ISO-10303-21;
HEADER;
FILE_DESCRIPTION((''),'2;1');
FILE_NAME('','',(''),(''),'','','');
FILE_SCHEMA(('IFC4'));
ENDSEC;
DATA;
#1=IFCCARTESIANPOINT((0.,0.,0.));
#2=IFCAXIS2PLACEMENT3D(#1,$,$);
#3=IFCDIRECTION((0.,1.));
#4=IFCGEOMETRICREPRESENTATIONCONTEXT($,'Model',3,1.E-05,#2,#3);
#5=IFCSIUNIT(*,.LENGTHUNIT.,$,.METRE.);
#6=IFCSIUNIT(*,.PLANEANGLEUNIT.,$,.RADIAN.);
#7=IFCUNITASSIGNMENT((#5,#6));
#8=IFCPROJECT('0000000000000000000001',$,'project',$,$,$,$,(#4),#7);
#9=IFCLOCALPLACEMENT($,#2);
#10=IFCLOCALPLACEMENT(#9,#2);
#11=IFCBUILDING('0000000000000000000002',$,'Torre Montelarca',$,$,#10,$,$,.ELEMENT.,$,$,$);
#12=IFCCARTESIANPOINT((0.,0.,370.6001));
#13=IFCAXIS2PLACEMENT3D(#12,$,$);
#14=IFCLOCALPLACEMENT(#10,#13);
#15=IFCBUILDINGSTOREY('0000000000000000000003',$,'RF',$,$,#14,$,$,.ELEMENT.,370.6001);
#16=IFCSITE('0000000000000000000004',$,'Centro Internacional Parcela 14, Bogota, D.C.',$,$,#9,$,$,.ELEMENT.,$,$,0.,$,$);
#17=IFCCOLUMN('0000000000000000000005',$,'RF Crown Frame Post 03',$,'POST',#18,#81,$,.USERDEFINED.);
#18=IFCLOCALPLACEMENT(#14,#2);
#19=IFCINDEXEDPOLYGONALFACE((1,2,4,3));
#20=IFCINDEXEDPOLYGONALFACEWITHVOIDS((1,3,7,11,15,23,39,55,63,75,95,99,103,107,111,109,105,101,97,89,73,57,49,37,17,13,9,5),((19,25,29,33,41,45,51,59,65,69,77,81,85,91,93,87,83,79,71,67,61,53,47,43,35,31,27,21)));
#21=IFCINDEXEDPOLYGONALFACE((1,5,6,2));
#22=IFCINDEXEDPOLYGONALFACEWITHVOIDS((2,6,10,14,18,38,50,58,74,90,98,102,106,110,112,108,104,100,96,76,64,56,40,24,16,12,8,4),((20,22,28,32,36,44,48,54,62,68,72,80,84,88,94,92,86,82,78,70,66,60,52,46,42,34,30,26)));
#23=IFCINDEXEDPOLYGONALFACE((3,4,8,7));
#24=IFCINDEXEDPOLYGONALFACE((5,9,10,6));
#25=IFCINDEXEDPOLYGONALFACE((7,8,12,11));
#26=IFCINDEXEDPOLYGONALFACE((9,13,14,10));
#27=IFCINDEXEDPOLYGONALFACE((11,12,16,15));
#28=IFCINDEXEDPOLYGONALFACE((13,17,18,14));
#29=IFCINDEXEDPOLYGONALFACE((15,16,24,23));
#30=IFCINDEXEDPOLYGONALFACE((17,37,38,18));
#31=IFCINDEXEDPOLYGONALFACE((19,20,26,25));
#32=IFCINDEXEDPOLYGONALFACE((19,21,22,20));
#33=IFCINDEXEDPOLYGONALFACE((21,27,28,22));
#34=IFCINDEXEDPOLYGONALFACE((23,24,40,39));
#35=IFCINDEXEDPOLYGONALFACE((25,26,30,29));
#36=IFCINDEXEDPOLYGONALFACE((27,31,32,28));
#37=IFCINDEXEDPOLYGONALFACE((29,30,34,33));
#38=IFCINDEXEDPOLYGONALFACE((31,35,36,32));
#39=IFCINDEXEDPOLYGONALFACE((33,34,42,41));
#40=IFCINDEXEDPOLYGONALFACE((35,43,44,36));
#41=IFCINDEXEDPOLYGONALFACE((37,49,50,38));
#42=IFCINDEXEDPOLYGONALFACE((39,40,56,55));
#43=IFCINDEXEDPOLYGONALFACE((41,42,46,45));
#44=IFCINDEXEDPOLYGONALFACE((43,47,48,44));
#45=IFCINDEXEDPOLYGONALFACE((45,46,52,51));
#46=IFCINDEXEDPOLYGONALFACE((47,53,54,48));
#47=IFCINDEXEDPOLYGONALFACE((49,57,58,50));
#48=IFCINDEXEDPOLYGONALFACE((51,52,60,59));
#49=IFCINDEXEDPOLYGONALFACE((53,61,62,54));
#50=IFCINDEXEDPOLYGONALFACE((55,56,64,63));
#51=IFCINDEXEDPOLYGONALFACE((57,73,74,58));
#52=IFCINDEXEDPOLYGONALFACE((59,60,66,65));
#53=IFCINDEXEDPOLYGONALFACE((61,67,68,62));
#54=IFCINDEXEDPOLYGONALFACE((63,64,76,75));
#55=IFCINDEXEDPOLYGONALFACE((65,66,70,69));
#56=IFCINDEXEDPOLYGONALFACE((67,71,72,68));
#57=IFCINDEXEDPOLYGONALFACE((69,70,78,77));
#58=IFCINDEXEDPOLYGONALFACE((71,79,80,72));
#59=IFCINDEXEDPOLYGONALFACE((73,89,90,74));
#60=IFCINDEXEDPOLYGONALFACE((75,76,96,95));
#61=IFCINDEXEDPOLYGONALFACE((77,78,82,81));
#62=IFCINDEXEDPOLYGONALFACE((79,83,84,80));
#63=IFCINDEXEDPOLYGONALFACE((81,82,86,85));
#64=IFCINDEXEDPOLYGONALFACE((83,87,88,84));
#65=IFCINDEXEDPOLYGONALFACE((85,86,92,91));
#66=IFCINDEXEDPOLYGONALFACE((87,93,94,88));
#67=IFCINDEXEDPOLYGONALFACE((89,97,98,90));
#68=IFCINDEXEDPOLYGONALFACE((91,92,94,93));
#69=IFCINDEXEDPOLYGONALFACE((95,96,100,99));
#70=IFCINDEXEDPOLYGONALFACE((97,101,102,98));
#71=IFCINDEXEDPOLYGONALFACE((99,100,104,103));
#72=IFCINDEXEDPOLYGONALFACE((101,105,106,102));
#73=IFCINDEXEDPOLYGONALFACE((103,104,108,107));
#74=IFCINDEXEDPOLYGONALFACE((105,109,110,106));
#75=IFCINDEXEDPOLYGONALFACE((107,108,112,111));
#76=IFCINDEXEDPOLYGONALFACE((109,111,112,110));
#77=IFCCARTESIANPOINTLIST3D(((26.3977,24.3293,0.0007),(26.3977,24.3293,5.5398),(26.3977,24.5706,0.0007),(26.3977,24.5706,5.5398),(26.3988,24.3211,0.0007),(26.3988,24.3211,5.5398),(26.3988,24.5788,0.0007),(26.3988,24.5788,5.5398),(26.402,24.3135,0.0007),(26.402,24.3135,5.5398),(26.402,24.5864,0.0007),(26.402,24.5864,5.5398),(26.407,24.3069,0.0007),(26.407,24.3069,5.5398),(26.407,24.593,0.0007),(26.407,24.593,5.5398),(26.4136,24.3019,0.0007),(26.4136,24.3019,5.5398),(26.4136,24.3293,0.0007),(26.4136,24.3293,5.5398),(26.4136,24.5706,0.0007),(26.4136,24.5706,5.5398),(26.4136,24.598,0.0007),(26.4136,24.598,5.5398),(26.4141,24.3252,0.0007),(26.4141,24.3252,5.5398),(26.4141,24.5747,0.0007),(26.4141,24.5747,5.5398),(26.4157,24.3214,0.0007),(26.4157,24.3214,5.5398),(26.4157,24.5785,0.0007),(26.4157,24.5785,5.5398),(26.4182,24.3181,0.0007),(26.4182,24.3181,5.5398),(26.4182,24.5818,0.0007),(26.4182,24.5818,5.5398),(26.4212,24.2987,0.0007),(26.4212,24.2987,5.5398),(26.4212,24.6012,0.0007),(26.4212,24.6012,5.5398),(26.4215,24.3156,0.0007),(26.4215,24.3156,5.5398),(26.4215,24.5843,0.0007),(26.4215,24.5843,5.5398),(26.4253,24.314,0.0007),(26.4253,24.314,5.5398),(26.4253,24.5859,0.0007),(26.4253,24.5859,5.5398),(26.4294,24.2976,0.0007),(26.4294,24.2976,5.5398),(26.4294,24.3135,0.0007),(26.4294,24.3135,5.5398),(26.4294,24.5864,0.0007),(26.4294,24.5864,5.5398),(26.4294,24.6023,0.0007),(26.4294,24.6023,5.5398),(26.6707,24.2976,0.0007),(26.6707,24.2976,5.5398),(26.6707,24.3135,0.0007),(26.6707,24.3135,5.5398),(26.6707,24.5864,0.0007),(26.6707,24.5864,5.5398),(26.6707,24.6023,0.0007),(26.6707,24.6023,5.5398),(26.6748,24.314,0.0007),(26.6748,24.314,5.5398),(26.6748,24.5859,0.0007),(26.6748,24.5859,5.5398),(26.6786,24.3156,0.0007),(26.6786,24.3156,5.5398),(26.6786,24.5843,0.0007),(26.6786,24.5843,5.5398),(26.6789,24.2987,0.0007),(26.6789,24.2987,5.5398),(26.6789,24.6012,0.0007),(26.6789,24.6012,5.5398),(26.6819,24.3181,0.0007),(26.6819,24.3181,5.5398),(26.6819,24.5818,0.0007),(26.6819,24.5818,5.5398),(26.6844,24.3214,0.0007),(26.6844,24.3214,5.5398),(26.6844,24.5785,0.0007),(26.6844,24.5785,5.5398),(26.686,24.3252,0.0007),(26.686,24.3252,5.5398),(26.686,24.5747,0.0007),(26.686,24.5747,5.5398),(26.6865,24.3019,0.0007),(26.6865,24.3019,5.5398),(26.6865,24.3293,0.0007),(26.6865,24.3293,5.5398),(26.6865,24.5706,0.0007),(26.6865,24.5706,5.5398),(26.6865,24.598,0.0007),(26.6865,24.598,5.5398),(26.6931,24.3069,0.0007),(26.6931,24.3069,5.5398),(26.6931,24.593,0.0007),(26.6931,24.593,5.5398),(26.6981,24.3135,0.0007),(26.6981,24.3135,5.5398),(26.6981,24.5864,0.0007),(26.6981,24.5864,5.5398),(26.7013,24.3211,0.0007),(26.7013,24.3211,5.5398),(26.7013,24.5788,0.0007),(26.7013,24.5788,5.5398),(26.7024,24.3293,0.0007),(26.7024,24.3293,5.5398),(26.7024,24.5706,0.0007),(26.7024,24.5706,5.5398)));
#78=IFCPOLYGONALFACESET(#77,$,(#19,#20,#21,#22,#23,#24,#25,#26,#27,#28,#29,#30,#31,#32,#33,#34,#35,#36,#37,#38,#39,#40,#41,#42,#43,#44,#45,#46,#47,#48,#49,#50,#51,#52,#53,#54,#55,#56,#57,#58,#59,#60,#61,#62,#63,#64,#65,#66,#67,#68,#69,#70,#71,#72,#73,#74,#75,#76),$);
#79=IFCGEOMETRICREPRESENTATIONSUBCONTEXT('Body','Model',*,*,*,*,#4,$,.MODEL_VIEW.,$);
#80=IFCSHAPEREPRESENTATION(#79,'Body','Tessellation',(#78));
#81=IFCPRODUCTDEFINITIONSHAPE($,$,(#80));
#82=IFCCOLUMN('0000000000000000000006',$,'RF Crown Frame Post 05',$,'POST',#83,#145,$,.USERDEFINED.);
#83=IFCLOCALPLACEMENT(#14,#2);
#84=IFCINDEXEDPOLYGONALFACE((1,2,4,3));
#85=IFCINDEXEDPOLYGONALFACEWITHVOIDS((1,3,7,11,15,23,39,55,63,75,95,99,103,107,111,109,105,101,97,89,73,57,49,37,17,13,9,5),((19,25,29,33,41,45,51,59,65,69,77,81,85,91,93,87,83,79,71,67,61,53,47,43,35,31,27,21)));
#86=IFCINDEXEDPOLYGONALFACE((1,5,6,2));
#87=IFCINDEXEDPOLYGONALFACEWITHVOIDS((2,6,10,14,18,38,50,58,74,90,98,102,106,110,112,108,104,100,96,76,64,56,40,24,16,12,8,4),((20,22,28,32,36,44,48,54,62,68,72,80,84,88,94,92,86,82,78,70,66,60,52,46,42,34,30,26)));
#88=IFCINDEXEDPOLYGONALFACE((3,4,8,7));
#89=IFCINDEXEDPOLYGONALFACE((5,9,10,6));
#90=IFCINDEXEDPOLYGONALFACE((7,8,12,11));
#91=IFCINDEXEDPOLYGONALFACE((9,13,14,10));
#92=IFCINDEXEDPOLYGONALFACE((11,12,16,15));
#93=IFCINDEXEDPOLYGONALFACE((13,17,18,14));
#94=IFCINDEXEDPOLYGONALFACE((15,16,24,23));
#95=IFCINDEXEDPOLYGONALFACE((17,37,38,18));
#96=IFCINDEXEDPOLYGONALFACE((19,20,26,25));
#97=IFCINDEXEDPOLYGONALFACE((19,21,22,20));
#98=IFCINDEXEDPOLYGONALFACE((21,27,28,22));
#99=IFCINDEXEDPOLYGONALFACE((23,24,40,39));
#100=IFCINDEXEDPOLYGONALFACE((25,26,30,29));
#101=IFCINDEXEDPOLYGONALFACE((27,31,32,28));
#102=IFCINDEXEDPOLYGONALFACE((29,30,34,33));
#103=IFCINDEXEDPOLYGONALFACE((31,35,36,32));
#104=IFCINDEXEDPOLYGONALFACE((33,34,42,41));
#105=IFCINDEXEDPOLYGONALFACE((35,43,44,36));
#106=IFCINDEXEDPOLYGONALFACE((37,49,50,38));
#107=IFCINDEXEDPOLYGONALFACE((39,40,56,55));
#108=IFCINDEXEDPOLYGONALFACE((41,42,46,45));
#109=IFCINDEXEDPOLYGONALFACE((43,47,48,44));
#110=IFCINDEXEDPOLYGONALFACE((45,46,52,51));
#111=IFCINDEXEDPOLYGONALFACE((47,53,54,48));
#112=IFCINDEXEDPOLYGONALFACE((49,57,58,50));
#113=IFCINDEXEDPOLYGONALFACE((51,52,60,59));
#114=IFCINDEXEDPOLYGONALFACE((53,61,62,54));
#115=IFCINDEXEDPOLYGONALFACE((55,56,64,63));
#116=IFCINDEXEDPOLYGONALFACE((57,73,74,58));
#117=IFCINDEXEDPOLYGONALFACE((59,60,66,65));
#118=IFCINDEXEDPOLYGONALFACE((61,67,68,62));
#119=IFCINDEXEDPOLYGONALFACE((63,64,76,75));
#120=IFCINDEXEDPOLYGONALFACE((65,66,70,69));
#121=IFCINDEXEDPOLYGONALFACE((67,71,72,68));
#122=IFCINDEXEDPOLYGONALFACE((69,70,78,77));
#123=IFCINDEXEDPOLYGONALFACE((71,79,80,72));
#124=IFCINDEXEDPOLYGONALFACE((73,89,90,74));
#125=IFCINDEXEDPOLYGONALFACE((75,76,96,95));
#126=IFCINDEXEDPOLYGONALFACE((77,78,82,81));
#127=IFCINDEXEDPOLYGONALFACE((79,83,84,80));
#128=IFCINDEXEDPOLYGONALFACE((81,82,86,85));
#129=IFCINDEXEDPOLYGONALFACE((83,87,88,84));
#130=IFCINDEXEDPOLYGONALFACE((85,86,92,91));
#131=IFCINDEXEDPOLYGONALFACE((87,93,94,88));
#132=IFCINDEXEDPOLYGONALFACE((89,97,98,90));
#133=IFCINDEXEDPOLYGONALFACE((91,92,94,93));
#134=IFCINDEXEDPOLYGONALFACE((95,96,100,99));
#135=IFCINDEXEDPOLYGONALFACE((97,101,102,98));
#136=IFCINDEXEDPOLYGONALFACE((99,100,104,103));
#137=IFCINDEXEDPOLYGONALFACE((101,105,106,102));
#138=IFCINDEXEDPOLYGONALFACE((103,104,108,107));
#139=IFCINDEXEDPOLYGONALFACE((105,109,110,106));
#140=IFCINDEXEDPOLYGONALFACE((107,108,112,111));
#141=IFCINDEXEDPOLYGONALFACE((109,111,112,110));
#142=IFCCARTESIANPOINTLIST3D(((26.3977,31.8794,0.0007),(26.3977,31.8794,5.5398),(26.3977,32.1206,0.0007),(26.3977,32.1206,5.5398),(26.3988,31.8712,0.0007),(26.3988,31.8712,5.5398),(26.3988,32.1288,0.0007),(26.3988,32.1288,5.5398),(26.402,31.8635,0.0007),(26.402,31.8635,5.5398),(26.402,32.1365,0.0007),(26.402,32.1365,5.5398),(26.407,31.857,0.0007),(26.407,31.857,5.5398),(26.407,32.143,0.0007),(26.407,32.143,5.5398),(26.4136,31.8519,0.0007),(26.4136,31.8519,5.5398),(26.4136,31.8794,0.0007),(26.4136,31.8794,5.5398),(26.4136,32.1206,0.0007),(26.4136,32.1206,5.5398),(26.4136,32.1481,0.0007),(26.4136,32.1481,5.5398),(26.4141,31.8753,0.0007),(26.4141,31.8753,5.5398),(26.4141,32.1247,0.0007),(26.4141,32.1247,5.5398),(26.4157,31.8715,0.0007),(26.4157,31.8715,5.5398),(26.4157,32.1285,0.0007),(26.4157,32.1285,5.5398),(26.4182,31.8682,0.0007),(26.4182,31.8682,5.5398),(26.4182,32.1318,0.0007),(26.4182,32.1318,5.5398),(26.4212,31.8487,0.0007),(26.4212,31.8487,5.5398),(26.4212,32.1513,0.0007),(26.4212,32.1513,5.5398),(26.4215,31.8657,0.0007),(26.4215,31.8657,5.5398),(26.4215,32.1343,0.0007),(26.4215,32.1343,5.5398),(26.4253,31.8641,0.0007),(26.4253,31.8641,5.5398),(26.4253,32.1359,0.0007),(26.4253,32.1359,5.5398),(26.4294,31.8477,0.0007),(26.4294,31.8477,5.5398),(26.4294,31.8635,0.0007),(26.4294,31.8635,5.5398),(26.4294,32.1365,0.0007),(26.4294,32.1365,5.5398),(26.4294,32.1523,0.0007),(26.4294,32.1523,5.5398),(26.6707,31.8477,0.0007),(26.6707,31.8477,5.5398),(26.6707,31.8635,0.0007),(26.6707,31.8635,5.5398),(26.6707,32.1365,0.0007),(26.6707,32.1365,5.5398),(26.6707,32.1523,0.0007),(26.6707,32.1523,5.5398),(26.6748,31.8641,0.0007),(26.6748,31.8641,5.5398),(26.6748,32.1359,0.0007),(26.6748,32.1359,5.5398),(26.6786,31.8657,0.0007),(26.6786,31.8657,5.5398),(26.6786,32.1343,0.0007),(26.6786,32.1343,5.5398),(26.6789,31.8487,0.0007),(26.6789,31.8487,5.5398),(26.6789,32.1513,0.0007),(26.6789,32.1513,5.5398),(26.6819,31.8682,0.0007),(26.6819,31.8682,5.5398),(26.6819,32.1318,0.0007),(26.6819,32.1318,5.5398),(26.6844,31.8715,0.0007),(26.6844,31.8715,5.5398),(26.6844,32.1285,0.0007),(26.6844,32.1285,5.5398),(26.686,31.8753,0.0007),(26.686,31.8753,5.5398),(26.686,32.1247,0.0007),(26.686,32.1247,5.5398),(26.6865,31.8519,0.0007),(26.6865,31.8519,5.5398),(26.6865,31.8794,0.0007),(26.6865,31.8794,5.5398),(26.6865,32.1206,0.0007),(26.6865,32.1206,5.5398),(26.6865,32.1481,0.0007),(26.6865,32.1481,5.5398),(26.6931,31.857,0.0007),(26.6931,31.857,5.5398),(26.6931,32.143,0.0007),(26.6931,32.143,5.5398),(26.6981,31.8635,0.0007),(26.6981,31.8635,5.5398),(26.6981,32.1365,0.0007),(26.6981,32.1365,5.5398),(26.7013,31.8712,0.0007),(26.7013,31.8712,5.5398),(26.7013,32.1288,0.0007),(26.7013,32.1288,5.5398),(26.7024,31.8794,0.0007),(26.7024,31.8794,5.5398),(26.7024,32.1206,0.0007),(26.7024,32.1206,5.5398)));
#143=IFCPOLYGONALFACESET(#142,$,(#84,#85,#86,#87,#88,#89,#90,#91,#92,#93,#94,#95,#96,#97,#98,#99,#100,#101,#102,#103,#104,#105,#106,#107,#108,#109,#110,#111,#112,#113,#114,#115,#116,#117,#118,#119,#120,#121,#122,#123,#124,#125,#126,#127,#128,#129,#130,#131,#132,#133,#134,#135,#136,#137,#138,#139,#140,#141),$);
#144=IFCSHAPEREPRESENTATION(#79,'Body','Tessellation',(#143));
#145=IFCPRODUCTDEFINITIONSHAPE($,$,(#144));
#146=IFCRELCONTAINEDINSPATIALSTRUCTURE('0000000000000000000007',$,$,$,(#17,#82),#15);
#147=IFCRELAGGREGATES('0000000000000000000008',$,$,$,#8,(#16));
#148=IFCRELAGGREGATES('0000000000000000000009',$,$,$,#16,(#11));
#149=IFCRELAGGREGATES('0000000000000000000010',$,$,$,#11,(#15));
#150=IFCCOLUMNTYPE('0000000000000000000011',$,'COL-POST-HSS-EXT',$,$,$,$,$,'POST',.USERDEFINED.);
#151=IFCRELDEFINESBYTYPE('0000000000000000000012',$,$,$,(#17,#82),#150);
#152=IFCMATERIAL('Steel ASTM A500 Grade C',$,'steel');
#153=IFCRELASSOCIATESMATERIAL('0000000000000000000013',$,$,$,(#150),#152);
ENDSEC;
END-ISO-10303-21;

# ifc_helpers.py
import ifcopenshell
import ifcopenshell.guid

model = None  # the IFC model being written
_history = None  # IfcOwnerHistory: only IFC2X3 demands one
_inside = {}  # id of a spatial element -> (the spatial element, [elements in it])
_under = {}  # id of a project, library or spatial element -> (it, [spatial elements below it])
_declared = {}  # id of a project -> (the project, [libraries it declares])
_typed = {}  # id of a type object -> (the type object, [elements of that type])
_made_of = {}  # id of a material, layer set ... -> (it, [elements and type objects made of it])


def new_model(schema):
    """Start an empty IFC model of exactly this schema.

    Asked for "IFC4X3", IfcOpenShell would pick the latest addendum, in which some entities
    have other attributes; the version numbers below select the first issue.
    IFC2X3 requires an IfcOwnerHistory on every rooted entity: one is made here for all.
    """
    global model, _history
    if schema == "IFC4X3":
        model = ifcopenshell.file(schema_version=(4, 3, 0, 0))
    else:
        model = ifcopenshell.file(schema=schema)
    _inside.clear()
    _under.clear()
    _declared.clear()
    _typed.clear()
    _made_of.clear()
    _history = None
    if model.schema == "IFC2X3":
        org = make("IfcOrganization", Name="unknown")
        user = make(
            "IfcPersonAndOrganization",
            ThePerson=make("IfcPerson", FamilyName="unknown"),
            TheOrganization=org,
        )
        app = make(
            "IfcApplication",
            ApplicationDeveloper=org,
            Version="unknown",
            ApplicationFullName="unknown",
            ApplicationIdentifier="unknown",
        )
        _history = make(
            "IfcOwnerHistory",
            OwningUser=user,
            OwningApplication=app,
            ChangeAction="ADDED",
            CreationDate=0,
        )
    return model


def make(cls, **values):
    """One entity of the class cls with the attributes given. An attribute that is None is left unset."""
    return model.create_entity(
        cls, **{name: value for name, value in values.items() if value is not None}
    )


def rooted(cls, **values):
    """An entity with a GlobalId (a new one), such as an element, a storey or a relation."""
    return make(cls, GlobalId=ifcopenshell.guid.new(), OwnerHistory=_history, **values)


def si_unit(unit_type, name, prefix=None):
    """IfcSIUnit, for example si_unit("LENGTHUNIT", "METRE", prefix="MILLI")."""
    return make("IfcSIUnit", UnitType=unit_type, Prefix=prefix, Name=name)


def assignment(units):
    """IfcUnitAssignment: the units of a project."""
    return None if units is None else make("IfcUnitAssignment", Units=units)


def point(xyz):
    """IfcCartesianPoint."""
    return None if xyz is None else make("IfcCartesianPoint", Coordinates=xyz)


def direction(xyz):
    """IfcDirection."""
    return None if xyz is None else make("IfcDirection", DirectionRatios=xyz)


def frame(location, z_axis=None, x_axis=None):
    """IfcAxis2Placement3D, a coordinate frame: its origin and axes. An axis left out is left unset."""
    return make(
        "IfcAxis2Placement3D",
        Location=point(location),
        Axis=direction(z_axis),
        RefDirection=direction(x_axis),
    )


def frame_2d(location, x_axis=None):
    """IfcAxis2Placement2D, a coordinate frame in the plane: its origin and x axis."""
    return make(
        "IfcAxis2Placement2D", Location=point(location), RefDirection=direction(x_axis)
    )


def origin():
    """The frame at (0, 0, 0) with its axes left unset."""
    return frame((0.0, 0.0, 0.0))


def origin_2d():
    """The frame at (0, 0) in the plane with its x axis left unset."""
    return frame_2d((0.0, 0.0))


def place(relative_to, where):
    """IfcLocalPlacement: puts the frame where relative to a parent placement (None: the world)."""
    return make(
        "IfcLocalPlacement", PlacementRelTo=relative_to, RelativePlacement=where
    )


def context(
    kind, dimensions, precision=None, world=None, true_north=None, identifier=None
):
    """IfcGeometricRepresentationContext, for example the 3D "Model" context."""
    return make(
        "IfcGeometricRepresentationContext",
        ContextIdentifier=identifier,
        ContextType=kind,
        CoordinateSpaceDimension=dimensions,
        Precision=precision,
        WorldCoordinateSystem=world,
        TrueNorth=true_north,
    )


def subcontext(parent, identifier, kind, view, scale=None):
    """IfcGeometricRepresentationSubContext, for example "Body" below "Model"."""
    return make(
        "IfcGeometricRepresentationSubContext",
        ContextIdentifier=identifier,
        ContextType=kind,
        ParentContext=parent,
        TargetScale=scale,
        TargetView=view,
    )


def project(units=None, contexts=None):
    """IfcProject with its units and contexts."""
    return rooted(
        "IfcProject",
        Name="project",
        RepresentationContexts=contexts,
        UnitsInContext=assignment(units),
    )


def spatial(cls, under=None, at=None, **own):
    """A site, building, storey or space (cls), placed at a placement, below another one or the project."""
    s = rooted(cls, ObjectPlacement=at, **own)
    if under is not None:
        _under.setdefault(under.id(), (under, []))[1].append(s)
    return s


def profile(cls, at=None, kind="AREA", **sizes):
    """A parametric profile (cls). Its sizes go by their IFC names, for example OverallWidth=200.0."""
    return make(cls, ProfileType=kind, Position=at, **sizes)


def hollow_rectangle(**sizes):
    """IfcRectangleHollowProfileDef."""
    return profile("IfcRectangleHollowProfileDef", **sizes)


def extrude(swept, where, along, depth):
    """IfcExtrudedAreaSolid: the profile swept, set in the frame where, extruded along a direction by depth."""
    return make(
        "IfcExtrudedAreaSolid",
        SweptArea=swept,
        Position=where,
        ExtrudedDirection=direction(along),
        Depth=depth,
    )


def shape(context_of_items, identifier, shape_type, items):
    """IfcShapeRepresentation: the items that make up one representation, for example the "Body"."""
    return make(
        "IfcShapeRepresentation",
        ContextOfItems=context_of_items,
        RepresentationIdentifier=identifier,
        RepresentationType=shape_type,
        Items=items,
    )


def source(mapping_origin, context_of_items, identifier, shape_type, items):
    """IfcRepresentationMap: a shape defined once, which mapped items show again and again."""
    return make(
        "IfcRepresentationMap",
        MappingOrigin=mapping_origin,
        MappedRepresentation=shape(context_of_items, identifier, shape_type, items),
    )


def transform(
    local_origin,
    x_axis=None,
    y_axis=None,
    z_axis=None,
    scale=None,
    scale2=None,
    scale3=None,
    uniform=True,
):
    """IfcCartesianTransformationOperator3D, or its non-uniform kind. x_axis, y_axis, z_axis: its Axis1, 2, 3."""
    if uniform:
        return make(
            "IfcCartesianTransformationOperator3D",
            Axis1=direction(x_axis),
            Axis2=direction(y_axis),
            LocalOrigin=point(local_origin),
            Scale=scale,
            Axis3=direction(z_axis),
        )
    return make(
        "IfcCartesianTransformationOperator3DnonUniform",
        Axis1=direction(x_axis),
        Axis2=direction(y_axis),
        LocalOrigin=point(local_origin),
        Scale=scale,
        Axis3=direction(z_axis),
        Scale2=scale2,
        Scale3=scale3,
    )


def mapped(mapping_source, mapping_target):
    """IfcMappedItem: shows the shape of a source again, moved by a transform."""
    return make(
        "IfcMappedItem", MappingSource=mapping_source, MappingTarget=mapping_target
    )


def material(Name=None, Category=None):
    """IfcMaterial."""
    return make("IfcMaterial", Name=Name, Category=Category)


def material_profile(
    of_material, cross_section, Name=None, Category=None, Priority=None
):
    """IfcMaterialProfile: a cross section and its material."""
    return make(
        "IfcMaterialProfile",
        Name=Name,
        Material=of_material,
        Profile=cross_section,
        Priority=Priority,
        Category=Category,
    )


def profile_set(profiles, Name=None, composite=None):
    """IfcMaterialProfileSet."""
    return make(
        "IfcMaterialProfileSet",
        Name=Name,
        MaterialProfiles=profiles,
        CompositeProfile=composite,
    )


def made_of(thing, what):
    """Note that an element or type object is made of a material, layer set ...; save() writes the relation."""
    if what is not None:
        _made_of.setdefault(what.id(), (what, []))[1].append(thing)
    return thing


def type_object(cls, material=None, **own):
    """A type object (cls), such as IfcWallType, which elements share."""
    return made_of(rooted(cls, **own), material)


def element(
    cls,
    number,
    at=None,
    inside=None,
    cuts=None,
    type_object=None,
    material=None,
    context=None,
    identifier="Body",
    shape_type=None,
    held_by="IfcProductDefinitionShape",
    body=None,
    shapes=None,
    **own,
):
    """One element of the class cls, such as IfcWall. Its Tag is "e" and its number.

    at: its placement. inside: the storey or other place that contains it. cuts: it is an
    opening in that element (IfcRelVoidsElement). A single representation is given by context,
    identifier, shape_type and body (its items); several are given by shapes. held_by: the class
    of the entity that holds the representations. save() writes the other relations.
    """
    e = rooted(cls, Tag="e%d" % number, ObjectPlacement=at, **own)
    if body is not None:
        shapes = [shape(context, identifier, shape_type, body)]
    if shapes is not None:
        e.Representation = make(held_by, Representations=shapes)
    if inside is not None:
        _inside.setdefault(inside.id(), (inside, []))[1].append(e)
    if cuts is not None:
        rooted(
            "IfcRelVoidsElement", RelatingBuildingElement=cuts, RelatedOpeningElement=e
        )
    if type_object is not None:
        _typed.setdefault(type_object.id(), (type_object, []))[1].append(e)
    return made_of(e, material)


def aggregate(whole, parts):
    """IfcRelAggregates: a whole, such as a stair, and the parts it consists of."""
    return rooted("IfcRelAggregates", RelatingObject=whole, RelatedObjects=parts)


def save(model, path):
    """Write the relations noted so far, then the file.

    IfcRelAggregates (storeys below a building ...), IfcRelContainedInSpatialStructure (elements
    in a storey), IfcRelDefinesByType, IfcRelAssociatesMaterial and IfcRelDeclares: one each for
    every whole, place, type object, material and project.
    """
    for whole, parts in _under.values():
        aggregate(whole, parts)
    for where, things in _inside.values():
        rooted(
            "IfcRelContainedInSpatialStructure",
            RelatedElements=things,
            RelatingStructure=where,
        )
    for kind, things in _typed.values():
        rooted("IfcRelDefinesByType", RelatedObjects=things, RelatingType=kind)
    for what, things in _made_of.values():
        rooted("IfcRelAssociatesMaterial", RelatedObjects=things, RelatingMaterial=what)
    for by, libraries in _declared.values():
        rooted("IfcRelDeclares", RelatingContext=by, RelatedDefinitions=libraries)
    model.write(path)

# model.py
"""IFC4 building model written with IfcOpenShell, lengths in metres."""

from ifc_helpers import new_model, si_unit, direction, frame, origin, origin_2d, place, context, subcontext, project, spatial, hollow_rectangle, extrude, source, transform, mapped, material, material_profile, profile_set, type_object, element, save


model = new_model("IFC4")

# Units and contexts
model_context = context("Model", 3, precision=1e-05, world=origin(), true_north=direction((0.0, 1.0)))
body_context = subcontext(model_context, "Body", "Model", "MODEL_VIEW")
ifc_project = project(units=[si_unit("LENGTHUNIT", "METRE"), si_unit("PLANEANGLEUNIT", "RADIAN")], contexts=[model_context])

# Site, building, storey
site_placement = place(None, origin())
site = spatial("IfcSite", under=ifc_project, at=site_placement, Name="Centro Internacional Parcela 14, Bogota, D.C.", CompositionType="ELEMENT", RefElevation=0.0)
building_placement = place(site_placement, origin())
building = spatial("IfcBuilding", under=site, at=building_placement, Name="Torre Montelarca", CompositionType="ELEMENT")
storey_placement = place(building_placement, frame((0.0, 0.0, 370.6001)))
storey = spatial("IfcBuildingStorey", under=building, at=storey_placement, Name="RF", CompositionType="ELEMENT", Elevation=370.6001)

# Columns
ifc_material_1 = material(Name="Steel ASTM A500 Grade C", Category="steel")
ifc_material_profile_1 = material_profile(ifc_material_1, hollow_rectangle(XDim=0.3047, YDim=0.3047, WallThickness=0.0159, InnerFilletRadius=0.0159, OuterFilletRadius=0.0317, at=origin_2d()), Name="HSS305X305X15.9", Category="steel")
ifc_profile_set_1 = profile_set([ifc_material_profile_1], Name="Steel ASTM A500 Grade C")
column_type = type_object("IfcColumnType", Name="COL-POST-HSS-EXT", ElementType="POST", PredefinedType="USERDEFINED", material=ifc_profile_set_1)
shared_shape_1 = source(origin(), body_context, "Body", "SweptSolid", [
    extrude(hollow_rectangle(XDim=0.3047, YDim=0.3047, WallThickness=0.0159, InnerFilletRadius=0.0159, OuterFilletRadius=0.0317, at=origin_2d()), origin(), (0.0, 0.0, 1.0), 5.5391),
])
for number, where, z_axis, x_axis, name in (
    (1, (26.55, 24.45, 0.0007), (0.0, 0.0, 1.0), (1.0, 0.0, 0.0), "RF Crown Frame Post 03"),
    (2, (26.55, 32.0, 0.0007), (0.0, 0.0, 1.0), (1.0, 0.0, 0.0), "RF Crown Frame Post 05"),
):
    element("IfcColumn", number, at=place(storey_placement, frame(where, z_axis=z_axis, x_axis=x_axis)), inside=storey, type_object=column_type, Name=name, ObjectType="POST", PredefinedType="USERDEFINED", context=body_context, shape_type="MappedRepresentation", body=[
        mapped(shared_shape_1, transform((0.0, 0.0, 0.0), scale=1.0)),
    ])

save(model, "model.ifc")
